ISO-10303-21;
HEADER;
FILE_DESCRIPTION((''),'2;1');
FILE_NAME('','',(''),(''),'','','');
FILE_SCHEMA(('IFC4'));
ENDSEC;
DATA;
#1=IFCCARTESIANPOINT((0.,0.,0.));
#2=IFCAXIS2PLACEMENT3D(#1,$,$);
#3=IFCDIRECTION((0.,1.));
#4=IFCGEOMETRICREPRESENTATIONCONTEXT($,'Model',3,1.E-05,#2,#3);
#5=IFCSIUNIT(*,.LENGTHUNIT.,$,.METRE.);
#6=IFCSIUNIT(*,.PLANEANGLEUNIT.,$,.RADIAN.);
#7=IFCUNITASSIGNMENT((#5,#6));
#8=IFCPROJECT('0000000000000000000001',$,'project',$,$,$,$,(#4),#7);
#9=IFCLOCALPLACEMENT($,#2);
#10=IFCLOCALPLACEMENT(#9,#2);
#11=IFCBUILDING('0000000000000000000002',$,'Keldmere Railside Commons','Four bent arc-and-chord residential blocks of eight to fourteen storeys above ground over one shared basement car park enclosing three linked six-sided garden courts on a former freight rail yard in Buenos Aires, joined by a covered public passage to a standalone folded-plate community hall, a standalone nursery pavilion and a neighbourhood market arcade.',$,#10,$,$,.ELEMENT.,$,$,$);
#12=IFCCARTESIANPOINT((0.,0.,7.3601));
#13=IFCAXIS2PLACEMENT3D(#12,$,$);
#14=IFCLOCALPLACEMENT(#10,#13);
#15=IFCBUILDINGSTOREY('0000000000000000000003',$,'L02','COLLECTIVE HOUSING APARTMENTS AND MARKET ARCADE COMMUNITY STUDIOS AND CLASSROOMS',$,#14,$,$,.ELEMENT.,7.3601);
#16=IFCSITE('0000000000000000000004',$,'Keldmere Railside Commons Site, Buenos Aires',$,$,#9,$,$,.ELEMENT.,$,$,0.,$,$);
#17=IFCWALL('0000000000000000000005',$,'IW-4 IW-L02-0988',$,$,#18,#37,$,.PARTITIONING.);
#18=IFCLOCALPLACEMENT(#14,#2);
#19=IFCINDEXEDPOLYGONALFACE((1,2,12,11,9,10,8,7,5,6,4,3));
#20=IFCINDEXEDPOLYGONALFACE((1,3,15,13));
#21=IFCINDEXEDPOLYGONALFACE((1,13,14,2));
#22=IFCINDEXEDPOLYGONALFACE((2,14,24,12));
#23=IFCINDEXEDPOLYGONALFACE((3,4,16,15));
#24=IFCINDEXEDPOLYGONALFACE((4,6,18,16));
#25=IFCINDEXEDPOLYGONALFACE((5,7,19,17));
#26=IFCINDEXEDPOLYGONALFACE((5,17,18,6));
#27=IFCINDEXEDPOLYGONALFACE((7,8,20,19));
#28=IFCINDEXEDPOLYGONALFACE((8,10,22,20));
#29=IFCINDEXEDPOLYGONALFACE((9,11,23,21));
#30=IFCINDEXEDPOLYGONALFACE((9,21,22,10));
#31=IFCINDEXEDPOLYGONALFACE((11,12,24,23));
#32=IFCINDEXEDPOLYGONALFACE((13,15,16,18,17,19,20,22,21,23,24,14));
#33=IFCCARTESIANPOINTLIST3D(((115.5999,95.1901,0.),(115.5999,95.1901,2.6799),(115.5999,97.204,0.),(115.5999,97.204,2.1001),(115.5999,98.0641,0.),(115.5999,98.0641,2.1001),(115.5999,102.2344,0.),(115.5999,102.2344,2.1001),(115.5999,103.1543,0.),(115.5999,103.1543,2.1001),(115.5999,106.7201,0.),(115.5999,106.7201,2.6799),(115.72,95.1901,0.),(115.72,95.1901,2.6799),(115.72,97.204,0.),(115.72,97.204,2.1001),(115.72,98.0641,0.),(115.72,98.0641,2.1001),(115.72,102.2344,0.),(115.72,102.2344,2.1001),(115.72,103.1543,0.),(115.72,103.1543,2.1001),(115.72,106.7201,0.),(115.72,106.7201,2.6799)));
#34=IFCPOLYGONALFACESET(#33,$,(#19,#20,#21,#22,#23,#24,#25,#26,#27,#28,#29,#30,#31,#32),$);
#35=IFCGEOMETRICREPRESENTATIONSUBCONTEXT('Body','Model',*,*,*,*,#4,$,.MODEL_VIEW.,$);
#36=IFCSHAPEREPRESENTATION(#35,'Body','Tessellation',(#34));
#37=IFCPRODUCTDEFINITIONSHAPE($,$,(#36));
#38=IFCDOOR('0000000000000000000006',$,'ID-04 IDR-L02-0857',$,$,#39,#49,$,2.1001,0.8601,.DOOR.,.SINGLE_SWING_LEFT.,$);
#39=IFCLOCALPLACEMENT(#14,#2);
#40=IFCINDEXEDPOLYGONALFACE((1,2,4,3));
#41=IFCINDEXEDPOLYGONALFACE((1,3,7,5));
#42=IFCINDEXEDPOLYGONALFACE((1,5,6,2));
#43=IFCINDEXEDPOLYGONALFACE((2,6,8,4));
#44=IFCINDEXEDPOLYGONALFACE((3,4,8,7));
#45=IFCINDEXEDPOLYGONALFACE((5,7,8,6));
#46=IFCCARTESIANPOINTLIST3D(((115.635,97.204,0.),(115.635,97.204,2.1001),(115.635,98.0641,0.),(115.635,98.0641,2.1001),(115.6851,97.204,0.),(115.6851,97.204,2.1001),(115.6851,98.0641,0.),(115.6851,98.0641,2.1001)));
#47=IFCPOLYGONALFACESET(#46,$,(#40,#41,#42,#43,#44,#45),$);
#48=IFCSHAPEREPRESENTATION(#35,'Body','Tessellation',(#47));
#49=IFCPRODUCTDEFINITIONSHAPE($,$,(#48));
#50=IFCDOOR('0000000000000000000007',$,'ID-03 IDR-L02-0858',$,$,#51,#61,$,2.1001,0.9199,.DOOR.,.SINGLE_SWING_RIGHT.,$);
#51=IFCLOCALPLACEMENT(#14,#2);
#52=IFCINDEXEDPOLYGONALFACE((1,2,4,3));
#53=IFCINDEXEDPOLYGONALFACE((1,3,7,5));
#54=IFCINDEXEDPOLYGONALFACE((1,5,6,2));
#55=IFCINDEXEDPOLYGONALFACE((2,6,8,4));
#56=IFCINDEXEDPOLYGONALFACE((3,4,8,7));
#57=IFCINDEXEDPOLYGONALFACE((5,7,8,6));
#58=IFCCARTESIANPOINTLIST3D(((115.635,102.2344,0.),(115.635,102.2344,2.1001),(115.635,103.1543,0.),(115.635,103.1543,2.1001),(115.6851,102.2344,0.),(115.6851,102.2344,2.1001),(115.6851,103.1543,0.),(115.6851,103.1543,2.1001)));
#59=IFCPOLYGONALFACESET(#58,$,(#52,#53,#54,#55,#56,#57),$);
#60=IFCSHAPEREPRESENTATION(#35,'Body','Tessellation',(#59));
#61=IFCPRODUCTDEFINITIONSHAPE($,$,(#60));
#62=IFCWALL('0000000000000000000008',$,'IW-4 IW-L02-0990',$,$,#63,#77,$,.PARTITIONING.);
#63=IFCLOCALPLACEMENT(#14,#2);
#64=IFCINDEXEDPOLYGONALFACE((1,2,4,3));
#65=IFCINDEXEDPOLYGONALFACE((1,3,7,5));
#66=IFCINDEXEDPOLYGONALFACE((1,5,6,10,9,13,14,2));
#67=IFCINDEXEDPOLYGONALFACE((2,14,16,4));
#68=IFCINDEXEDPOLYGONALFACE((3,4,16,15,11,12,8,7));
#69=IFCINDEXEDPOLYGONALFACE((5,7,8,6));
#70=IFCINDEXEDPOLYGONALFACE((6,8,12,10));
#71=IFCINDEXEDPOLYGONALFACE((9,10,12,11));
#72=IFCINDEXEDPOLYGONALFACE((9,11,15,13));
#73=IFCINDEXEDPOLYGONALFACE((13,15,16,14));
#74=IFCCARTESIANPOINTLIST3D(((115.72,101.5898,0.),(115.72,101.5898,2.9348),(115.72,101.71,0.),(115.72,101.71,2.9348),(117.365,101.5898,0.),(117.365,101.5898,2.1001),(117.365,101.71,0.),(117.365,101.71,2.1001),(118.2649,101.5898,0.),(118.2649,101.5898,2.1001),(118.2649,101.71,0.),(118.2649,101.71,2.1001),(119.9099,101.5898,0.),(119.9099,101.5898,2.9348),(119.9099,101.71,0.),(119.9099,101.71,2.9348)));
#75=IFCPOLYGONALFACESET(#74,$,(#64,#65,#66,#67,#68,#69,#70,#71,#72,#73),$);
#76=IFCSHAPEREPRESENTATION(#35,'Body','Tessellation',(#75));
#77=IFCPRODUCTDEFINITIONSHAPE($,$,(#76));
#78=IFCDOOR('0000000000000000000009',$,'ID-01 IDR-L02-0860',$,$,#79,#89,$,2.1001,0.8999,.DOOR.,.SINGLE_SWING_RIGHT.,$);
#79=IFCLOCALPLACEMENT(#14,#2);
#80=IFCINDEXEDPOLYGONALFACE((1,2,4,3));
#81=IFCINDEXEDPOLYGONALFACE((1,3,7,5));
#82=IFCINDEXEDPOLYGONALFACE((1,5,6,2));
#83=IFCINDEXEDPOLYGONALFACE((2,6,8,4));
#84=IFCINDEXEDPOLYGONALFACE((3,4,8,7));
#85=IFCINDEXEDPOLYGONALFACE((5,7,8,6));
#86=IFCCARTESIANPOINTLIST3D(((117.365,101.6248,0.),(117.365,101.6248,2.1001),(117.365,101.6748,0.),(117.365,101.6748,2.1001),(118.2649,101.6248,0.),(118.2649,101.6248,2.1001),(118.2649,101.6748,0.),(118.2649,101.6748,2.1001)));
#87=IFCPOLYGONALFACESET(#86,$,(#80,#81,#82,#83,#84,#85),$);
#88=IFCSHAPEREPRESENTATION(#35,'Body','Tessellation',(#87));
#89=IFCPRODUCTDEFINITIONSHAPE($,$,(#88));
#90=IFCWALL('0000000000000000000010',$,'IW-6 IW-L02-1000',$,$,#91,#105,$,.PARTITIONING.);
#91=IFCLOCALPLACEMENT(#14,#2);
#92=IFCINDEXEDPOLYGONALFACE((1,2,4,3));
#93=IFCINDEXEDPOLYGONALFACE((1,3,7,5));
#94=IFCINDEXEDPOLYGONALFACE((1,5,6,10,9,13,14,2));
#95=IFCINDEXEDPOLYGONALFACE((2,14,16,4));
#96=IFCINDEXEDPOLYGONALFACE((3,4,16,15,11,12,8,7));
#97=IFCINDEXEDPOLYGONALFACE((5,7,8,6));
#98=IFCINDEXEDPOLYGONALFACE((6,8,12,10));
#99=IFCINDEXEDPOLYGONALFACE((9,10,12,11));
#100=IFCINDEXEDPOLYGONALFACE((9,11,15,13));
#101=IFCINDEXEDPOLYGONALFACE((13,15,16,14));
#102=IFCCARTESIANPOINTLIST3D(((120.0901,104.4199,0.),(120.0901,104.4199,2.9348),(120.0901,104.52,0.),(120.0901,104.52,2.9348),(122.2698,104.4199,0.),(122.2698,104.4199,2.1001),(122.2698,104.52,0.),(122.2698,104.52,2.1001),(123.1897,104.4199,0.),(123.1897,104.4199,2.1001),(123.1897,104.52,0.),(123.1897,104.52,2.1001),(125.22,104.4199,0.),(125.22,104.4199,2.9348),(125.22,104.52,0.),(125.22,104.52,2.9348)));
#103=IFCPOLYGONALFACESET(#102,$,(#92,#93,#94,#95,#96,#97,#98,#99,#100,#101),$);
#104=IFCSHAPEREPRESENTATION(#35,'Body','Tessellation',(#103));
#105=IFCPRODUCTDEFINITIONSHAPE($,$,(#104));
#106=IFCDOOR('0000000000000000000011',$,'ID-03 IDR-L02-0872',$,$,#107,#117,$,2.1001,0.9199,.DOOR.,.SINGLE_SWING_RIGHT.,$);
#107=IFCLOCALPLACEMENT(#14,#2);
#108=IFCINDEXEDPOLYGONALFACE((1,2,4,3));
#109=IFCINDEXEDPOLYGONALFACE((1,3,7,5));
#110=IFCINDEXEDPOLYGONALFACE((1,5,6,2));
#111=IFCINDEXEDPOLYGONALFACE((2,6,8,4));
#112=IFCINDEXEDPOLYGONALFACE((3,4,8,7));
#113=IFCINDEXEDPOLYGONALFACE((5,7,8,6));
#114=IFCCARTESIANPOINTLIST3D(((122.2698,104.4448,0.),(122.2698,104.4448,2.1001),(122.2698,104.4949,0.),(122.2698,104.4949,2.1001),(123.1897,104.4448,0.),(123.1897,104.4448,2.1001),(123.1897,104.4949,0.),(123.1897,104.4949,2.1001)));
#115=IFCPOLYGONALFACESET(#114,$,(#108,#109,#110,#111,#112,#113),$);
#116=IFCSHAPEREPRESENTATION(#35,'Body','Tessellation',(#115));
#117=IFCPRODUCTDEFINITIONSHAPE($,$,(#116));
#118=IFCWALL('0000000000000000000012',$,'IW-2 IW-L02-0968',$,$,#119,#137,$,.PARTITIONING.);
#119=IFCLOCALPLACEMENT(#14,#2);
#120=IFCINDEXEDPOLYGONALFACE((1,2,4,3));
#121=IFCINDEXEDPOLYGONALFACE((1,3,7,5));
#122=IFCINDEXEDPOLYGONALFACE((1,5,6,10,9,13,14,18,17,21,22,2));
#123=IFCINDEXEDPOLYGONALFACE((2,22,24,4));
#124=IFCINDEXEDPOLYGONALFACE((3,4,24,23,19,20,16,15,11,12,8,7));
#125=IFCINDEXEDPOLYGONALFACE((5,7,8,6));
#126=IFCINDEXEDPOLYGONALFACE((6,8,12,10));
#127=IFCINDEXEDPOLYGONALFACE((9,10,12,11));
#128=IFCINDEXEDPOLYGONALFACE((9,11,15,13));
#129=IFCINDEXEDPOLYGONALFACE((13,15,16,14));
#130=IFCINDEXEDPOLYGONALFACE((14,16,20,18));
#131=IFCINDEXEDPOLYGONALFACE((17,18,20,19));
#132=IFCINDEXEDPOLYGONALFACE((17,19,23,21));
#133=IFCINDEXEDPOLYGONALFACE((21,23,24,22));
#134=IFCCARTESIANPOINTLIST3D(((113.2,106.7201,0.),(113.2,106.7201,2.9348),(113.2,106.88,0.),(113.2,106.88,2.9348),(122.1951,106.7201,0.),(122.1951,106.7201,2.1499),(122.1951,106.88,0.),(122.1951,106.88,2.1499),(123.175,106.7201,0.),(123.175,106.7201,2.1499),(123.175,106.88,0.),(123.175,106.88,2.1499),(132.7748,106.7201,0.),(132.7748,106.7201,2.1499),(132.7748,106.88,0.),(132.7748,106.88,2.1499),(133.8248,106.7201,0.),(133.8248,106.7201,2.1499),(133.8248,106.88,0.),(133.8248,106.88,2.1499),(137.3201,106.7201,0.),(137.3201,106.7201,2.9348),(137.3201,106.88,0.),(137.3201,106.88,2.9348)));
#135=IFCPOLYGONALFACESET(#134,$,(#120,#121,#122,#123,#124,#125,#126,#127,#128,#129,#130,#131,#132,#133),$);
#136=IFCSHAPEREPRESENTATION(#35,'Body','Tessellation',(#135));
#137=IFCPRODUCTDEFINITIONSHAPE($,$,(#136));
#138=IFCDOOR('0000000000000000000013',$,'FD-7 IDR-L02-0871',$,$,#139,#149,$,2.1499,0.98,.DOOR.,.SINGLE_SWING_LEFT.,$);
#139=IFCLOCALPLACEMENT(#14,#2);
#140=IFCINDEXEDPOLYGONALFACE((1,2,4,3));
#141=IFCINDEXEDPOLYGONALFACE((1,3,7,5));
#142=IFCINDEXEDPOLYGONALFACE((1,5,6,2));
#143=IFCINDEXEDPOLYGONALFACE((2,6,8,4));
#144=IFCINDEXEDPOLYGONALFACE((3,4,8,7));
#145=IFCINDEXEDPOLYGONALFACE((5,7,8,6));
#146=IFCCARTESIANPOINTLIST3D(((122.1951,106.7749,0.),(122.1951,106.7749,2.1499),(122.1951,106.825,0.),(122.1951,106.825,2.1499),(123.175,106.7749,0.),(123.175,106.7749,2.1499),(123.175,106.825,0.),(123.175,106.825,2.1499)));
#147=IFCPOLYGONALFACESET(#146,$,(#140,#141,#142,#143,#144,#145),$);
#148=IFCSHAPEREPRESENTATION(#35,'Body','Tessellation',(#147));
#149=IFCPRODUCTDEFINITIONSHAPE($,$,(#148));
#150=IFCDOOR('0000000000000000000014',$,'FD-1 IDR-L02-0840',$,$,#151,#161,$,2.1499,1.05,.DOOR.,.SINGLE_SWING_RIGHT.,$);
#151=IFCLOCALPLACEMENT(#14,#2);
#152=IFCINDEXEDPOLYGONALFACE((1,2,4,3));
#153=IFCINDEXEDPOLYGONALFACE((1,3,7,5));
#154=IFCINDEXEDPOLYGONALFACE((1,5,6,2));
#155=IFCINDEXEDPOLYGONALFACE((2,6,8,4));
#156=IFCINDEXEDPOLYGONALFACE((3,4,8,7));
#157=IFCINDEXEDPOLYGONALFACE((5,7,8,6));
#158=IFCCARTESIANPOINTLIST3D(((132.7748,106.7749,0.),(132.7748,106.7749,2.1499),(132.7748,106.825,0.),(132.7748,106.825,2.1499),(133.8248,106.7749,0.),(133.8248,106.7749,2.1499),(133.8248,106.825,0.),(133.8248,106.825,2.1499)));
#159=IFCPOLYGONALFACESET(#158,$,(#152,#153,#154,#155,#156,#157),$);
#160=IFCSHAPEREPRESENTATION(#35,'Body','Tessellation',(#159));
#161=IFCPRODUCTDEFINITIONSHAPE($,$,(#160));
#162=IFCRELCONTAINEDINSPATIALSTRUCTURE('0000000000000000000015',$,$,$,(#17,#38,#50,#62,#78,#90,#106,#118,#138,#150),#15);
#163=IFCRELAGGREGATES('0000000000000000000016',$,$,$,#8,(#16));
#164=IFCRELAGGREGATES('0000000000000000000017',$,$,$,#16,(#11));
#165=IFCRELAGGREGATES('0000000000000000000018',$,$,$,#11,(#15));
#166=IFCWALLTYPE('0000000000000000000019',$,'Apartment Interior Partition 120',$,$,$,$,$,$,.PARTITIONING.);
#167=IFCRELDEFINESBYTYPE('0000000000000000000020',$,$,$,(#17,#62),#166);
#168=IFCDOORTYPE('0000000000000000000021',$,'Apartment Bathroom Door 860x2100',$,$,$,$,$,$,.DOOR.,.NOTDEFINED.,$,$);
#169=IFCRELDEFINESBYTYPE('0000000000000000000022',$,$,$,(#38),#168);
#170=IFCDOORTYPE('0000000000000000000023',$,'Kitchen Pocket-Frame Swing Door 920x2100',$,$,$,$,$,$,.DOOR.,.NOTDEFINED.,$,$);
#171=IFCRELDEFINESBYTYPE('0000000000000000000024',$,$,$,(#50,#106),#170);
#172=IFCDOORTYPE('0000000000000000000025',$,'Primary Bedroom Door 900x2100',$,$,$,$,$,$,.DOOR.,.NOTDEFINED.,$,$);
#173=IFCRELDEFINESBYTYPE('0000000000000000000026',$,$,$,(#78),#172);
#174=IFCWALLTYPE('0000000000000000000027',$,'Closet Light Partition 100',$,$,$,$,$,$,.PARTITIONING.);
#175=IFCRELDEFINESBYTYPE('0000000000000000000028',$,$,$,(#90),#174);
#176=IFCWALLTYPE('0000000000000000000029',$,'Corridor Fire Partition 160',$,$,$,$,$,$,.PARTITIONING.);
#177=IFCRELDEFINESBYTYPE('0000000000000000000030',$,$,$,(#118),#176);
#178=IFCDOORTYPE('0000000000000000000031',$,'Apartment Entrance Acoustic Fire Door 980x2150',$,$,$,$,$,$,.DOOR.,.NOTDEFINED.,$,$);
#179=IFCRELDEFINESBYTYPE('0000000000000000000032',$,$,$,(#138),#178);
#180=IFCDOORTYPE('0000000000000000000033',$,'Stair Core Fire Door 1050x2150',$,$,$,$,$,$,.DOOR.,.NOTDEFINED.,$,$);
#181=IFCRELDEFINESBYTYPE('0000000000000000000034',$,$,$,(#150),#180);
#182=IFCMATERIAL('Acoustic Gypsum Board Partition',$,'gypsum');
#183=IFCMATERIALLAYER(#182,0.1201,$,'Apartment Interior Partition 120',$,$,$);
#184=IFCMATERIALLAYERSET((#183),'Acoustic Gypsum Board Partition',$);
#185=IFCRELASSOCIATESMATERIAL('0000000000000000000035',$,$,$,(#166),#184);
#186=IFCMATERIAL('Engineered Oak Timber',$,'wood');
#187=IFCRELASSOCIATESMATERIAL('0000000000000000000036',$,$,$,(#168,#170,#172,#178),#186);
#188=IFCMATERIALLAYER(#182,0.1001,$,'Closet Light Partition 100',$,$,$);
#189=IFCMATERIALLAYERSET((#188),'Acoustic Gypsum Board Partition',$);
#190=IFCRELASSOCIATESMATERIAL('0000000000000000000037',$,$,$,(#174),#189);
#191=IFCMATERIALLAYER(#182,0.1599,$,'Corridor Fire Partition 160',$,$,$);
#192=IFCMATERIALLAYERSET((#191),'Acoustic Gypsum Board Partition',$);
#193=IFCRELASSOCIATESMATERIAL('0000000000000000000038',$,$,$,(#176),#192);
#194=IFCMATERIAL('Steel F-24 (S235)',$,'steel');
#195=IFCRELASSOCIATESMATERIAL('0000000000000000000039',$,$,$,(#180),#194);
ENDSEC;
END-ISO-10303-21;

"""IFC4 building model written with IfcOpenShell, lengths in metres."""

from ifc_helpers import new_model, si_unit, direction, frame, frame_2d, origin, place, context, subcontext, project, spatial, rectangle, extrude, material, layer, layer_set, type_object, element, fill, save


model = new_model("IFC4")

# Units and contexts
model_context = context("Model", 3, precision=1e-05, world=origin(), true_north=direction((0.0, 1.0)))
body_context = subcontext(model_context, "Body", "Model", "MODEL_VIEW")
ifc_project = project(units=[si_unit("LENGTHUNIT", "METRE"), si_unit("PLANEANGLEUNIT", "RADIAN")], contexts=[model_context])

# Site, building, storey
site_placement = place(None, origin())
site = spatial("IfcSite", under=ifc_project, at=site_placement, Name="Keldmere Railside Commons Site, Buenos Aires", CompositionType="ELEMENT", RefElevation=0.0)
building_placement = place(site_placement, origin())
building = spatial("IfcBuilding", under=site, at=building_placement, Name="Keldmere Railside Commons", Description="Four bent arc-and-chord residential blocks of eight to fourteen storeys above ground over one shared basement car park enclosing three linked six-sided garden courts on a former freight rail yard in Buenos Aires, joined by a covered public passage to a standalone folded-plate community hall, a standalone nursery pavilion and a neighbourhood market arcade.", CompositionType="ELEMENT")
storey_placement = place(building_placement, frame((0.0, 0.0, 7.3601)))
storey = spatial("IfcBuildingStorey", under=building, at=storey_placement, Name="L02", Description="COLLECTIVE HOUSING APARTMENTS AND MARKET ARCADE COMMUNITY STUDIOS AND CLASSROOMS", CompositionType="ELEMENT", Elevation=7.3601)

# Shared definitions
ifc_material_1 = material(Name="Acoustic Gypsum Board Partition", Category="gypsum")

# Wall, openings, doors
ifc_layer_1 = layer(ifc_material_1, 0.1201, Name="Apartment Interior Partition 120")
ifc_layer_set_1 = layer_set([ifc_layer_1], Name="Acoustic Gypsum Board Partition")
wall_type_1 = type_object("IfcWallType", Name="Apartment Interior Partition 120", PredefinedType="PARTITIONING", material=ifc_layer_set_1)
wall_1_placement = place(storey_placement, frame((115.6599, 95.1899, 0.0), z_axis=(0.0, 0.0, 1.0), x_axis=(0.0, 1.0, 0.0)))
wall_1 = element("IfcWall", 1, at=wall_1_placement, inside=storey, type_object=wall_type_1, Name="IW-4 IW-L02-0988", PredefinedType="PARTITIONING", context=body_context, shape_type="SweptSolid", body=[
    extrude(rectangle(XDim=11.53, YDim=0.1201, at=frame_2d((5.7651, 0.0))), origin(), (0.0, 0.0, 1.0), 2.6799),
])
opening_1_placement = place(wall_1_placement, frame((2.0139, 0.0, 0.0)))
opening_1 = element("IfcOpeningElement", 2, at=opening_1_placement, cuts=wall_1, PredefinedType="OPENING", context=body_context, shape_type="SweptSolid", body=[
    extrude(rectangle(XDim=0.8601, YDim=2.1001, at=frame_2d((0.4302, 1.05))), frame((0.0, 0.0701, 0.0), z_axis=(0.0, -1.0, 0.0), x_axis=(1.0, 0.0, 0.0)), (0.0, 0.0, 1.0), 0.1401),
])
opening_2_placement = place(wall_1_placement, frame((7.0444, 0.0, 0.0)))
opening_2 = element("IfcOpeningElement", 3, at=opening_2_placement, cuts=wall_1, PredefinedType="OPENING", context=body_context, shape_type="SweptSolid", body=[
    extrude(rectangle(XDim=0.9199, YDim=2.1001, at=frame_2d((0.46, 1.05))), frame((0.0, 0.0701, 0.0), z_axis=(0.0, -1.0, 0.0), x_axis=(1.0, 0.0, 0.0)), (0.0, 0.0, 1.0), 0.1401),
])
ifc_material_2 = material(Name="Engineered Oak Timber", Category="wood")
door_type_1 = type_object("IfcDoorType", Name="Apartment Bathroom Door 860x2100", OperationType="NOTDEFINED", PredefinedType="DOOR", material=ifc_material_2)
door_1_placement = place(opening_1_placement, origin())
door_1 = element("IfcDoor", 4, at=door_1_placement, inside=storey, type_object=door_type_1, Name="ID-04 IDR-L02-0857", OperationType="SINGLE_SWING_LEFT", OverallHeight=2.1001, OverallWidth=0.8601, PredefinedType="DOOR", context=body_context, shape_type="SweptSolid", body=[
    extrude(rectangle(XDim=0.8601, YDim=2.1001, at=frame_2d((0.4302, 1.05))), frame((0.0, 0.0249, 0.0), z_axis=(0.0, -1.0, 0.0), x_axis=(1.0, 0.0, 0.0)), (0.0, 0.0, 1.0), 0.05),
])
fill(opening_1, door_1)
door_type_2 = type_object("IfcDoorType", Name="Kitchen Pocket-Frame Swing Door 920x2100", OperationType="NOTDEFINED", PredefinedType="DOOR", material=ifc_material_2)
door_2_placement = place(opening_2_placement, origin())
door_2 = element("IfcDoor", 5, at=door_2_placement, inside=storey, type_object=door_type_2, Name="ID-03 IDR-L02-0858", OperationType="SINGLE_SWING_RIGHT", OverallHeight=2.1001, OverallWidth=0.9199, PredefinedType="DOOR", context=body_context, shape_type="SweptSolid", body=[
    extrude(rectangle(XDim=0.9199, YDim=2.1001, at=frame_2d((0.46, 1.05))), frame((0.0, 0.0249, 0.0), z_axis=(0.0, -1.0, 0.0), x_axis=(1.0, 0.0, 0.0)), (0.0, 0.0, 1.0), 0.05),
])
fill(opening_2, door_2)

# Walls, openings, doors
wall_2_placement = place(storey_placement, frame((115.72, 101.6499, 0.0), z_axis=(0.0, 0.0, 1.0), x_axis=(1.0, 0.0, 0.0)))
wall_2 = element("IfcWall", 6, at=wall_2_placement, inside=storey, type_object=wall_type_1, Name="IW-4 IW-L02-0990", PredefinedType="PARTITIONING", context=body_context, shape_type="SweptSolid", body=[
    extrude(rectangle(XDim=4.1899, YDim=0.1201, at=frame_2d((2.095, 0.0))), origin(), (0.0, 0.0, 1.0), 2.9348),
])
opening_3_placement = place(wall_2_placement, frame((1.645, 0.0, 0.0)))
opening_3 = element("IfcOpeningElement", 7, at=opening_3_placement, cuts=wall_2, PredefinedType="OPENING", context=body_context, shape_type="SweptSolid", body=[
    extrude(rectangle(XDim=0.8999, YDim=2.1001, at=frame_2d((0.45, 1.05))), frame((0.0, 0.0701, 0.0), z_axis=(0.0, -1.0, 0.0), x_axis=(1.0, 0.0, 0.0)), (0.0, 0.0, 1.0), 0.1401),
])
door_type_3 = type_object("IfcDoorType", Name="Primary Bedroom Door 900x2100", OperationType="NOTDEFINED", PredefinedType="DOOR", material=ifc_material_2)
door_3_placement = place(opening_3_placement, origin())
door_3 = element("IfcDoor", 8, at=door_3_placement, inside=storey, type_object=door_type_3, Name="ID-01 IDR-L02-0860", OperationType="SINGLE_SWING_RIGHT", OverallHeight=2.1001, OverallWidth=0.8999, PredefinedType="DOOR", context=body_context, shape_type="SweptSolid", body=[
    extrude(rectangle(XDim=0.8999, YDim=2.1001, at=frame_2d((0.45, 1.05))), frame((0.0, 0.0249, 0.0), z_axis=(0.0, -1.0, 0.0), x_axis=(1.0, 0.0, 0.0)), (0.0, 0.0, 1.0), 0.05),
])
fill(opening_3, door_3)
ifc_layer_2 = layer(ifc_material_1, 0.1001, Name="Closet Light Partition 100")
ifc_layer_set_2 = layer_set([ifc_layer_2], Name="Acoustic Gypsum Board Partition")
wall_type_2 = type_object("IfcWallType", Name="Closet Light Partition 100", PredefinedType="PARTITIONING", material=ifc_layer_set_2)
wall_3_placement = place(storey_placement, frame((120.0901, 104.47, 0.0), z_axis=(0.0, 0.0, 1.0), x_axis=(1.0, 0.0, 0.0)))
wall_3 = element("IfcWall", 9, at=wall_3_placement, inside=storey, type_object=wall_type_2, Name="IW-6 IW-L02-1000", PredefinedType="PARTITIONING", context=body_context, shape_type="SweptSolid", body=[
    extrude(rectangle(XDim=5.1299, YDim=0.1001, at=frame_2d((2.5649, 0.0))), origin(), (0.0, 0.0, 1.0), 2.9348),
])
opening_4_placement = place(wall_3_placement, frame((2.1797, 0.0, 0.0)))
opening_4 = element("IfcOpeningElement", 10, at=opening_4_placement, cuts=wall_3, PredefinedType="OPENING", context=body_context, shape_type="SweptSolid", body=[
    extrude(rectangle(XDim=0.9199, YDim=2.1001, at=frame_2d((0.46, 1.05))), frame((0.0, 0.0601, 0.0), z_axis=(0.0, -1.0, 0.0), x_axis=(1.0, 0.0, 0.0)), (0.0, 0.0, 1.0), 0.1201),
])
door_4_placement = place(opening_4_placement, origin())
door_4 = element("IfcDoor", 11, at=door_4_placement, inside=storey, type_object=door_type_2, Name="ID-03 IDR-L02-0872", OperationType="SINGLE_SWING_RIGHT", OverallHeight=2.1001, OverallWidth=0.9199, PredefinedType="DOOR", context=body_context, shape_type="SweptSolid", body=[
    extrude(rectangle(XDim=0.9199, YDim=2.1001, at=frame_2d((0.46, 1.05))), frame((0.0, 0.0249, 0.0), z_axis=(0.0, -1.0, 0.0), x_axis=(1.0, 0.0, 0.0)), (0.0, 0.0, 1.0), 0.05),
])
fill(opening_4, door_4)

# Wall, openings, doors
ifc_layer_3 = layer(ifc_material_1, 0.1599, Name="Corridor Fire Partition 160")
ifc_layer_set_3 = layer_set([ifc_layer_3], Name="Acoustic Gypsum Board Partition")
wall_type_3 = type_object("IfcWallType", Name="Corridor Fire Partition 160", PredefinedType="PARTITIONING", material=ifc_layer_set_3)
wall_4_placement = place(storey_placement, frame((113.2, 106.8, 0.0), z_axis=(0.0, 0.0, 1.0), x_axis=(1.0, 0.0, 0.0)))
wall_4 = element("IfcWall", 12, at=wall_4_placement, inside=storey, type_object=wall_type_3, Name="IW-2 IW-L02-0968", PredefinedType="PARTITIONING", context=body_context, shape_type="SweptSolid", body=[
    extrude(rectangle(XDim=24.1201, YDim=0.1599, at=frame_2d((12.0601, 0.0))), origin(), (0.0, 0.0, 1.0), 2.9348),
])
opening_5_placement = place(wall_4_placement, frame((19.575, 0.0, 0.0)))
opening_5 = element("IfcOpeningElement", 13, at=opening_5_placement, cuts=wall_4, PredefinedType="OPENING", context=body_context, shape_type="SweptSolid", body=[
    extrude(rectangle(XDim=1.05, YDim=2.1499, at=frame_2d((0.5249, 1.075))), frame((0.0, 0.0898, 0.0), z_axis=(0.0, -1.0, 0.0), x_axis=(1.0, 0.0, 0.0)), (0.0, 0.0, 1.0), 0.1799),
])
opening_6_placement = place(wall_4_placement, frame((8.9951, 0.0, 0.0)))
opening_6 = element("IfcOpeningElement", 14, at=opening_6_placement, cuts=wall_4, PredefinedType="OPENING", context=body_context, shape_type="SweptSolid", body=[
    extrude(rectangle(XDim=0.98, YDim=2.1499, at=frame_2d((0.49, 1.075))), frame((0.0, 0.0898, 0.0), z_axis=(0.0, -1.0, 0.0), x_axis=(1.0, 0.0, 0.0)), (0.0, 0.0, 1.0), 0.1799),
])
door_type_4 = type_object("IfcDoorType", Name="Apartment Entrance Acoustic Fire Door 980x2150", OperationType="NOTDEFINED", PredefinedType="DOOR", material=ifc_material_2)
door_5_placement = place(opening_6_placement, origin())
door_5 = element("IfcDoor", 15, at=door_5_placement, inside=storey, type_object=door_type_4, Name="FD-7 IDR-L02-0871", OperationType="SINGLE_SWING_LEFT", OverallHeight=2.1499, OverallWidth=0.98, PredefinedType="DOOR", context=body_context, shape_type="SweptSolid", body=[
    extrude(rectangle(XDim=0.98, YDim=2.1499, at=frame_2d((0.49, 1.075))), frame((0.0, 0.0249, 0.0), z_axis=(0.0, -1.0, 0.0), x_axis=(1.0, 0.0, 0.0)), (0.0, 0.0, 1.0), 0.05),
])
fill(opening_6, door_5)
ifc_material_3 = material(Name="Steel F-24 (S235)", Category="steel")
door_type_5 = type_object("IfcDoorType", Name="Stair Core Fire Door 1050x2150", OperationType="NOTDEFINED", PredefinedType="DOOR", material=ifc_material_3)
door_6_placement = place(opening_5_placement, origin())
door_6 = element("IfcDoor", 16, at=door_6_placement, inside=storey, type_object=door_type_5, Name="FD-1 IDR-L02-0840", OperationType="SINGLE_SWING_RIGHT", OverallHeight=2.1499, OverallWidth=1.05, PredefinedType="DOOR", context=body_context, shape_type="SweptSolid", body=[
    extrude(rectangle(XDim=1.05, YDim=2.1499, at=frame_2d((0.5249, 1.075))), frame((0.0, 0.0249, 0.0), z_axis=(0.0, -1.0, 0.0), x_axis=(1.0, 0.0, 0.0)), (0.0, 0.0, 1.0), 0.05),
])
fill(opening_5, door_6)

save(model, "model.ifc")
